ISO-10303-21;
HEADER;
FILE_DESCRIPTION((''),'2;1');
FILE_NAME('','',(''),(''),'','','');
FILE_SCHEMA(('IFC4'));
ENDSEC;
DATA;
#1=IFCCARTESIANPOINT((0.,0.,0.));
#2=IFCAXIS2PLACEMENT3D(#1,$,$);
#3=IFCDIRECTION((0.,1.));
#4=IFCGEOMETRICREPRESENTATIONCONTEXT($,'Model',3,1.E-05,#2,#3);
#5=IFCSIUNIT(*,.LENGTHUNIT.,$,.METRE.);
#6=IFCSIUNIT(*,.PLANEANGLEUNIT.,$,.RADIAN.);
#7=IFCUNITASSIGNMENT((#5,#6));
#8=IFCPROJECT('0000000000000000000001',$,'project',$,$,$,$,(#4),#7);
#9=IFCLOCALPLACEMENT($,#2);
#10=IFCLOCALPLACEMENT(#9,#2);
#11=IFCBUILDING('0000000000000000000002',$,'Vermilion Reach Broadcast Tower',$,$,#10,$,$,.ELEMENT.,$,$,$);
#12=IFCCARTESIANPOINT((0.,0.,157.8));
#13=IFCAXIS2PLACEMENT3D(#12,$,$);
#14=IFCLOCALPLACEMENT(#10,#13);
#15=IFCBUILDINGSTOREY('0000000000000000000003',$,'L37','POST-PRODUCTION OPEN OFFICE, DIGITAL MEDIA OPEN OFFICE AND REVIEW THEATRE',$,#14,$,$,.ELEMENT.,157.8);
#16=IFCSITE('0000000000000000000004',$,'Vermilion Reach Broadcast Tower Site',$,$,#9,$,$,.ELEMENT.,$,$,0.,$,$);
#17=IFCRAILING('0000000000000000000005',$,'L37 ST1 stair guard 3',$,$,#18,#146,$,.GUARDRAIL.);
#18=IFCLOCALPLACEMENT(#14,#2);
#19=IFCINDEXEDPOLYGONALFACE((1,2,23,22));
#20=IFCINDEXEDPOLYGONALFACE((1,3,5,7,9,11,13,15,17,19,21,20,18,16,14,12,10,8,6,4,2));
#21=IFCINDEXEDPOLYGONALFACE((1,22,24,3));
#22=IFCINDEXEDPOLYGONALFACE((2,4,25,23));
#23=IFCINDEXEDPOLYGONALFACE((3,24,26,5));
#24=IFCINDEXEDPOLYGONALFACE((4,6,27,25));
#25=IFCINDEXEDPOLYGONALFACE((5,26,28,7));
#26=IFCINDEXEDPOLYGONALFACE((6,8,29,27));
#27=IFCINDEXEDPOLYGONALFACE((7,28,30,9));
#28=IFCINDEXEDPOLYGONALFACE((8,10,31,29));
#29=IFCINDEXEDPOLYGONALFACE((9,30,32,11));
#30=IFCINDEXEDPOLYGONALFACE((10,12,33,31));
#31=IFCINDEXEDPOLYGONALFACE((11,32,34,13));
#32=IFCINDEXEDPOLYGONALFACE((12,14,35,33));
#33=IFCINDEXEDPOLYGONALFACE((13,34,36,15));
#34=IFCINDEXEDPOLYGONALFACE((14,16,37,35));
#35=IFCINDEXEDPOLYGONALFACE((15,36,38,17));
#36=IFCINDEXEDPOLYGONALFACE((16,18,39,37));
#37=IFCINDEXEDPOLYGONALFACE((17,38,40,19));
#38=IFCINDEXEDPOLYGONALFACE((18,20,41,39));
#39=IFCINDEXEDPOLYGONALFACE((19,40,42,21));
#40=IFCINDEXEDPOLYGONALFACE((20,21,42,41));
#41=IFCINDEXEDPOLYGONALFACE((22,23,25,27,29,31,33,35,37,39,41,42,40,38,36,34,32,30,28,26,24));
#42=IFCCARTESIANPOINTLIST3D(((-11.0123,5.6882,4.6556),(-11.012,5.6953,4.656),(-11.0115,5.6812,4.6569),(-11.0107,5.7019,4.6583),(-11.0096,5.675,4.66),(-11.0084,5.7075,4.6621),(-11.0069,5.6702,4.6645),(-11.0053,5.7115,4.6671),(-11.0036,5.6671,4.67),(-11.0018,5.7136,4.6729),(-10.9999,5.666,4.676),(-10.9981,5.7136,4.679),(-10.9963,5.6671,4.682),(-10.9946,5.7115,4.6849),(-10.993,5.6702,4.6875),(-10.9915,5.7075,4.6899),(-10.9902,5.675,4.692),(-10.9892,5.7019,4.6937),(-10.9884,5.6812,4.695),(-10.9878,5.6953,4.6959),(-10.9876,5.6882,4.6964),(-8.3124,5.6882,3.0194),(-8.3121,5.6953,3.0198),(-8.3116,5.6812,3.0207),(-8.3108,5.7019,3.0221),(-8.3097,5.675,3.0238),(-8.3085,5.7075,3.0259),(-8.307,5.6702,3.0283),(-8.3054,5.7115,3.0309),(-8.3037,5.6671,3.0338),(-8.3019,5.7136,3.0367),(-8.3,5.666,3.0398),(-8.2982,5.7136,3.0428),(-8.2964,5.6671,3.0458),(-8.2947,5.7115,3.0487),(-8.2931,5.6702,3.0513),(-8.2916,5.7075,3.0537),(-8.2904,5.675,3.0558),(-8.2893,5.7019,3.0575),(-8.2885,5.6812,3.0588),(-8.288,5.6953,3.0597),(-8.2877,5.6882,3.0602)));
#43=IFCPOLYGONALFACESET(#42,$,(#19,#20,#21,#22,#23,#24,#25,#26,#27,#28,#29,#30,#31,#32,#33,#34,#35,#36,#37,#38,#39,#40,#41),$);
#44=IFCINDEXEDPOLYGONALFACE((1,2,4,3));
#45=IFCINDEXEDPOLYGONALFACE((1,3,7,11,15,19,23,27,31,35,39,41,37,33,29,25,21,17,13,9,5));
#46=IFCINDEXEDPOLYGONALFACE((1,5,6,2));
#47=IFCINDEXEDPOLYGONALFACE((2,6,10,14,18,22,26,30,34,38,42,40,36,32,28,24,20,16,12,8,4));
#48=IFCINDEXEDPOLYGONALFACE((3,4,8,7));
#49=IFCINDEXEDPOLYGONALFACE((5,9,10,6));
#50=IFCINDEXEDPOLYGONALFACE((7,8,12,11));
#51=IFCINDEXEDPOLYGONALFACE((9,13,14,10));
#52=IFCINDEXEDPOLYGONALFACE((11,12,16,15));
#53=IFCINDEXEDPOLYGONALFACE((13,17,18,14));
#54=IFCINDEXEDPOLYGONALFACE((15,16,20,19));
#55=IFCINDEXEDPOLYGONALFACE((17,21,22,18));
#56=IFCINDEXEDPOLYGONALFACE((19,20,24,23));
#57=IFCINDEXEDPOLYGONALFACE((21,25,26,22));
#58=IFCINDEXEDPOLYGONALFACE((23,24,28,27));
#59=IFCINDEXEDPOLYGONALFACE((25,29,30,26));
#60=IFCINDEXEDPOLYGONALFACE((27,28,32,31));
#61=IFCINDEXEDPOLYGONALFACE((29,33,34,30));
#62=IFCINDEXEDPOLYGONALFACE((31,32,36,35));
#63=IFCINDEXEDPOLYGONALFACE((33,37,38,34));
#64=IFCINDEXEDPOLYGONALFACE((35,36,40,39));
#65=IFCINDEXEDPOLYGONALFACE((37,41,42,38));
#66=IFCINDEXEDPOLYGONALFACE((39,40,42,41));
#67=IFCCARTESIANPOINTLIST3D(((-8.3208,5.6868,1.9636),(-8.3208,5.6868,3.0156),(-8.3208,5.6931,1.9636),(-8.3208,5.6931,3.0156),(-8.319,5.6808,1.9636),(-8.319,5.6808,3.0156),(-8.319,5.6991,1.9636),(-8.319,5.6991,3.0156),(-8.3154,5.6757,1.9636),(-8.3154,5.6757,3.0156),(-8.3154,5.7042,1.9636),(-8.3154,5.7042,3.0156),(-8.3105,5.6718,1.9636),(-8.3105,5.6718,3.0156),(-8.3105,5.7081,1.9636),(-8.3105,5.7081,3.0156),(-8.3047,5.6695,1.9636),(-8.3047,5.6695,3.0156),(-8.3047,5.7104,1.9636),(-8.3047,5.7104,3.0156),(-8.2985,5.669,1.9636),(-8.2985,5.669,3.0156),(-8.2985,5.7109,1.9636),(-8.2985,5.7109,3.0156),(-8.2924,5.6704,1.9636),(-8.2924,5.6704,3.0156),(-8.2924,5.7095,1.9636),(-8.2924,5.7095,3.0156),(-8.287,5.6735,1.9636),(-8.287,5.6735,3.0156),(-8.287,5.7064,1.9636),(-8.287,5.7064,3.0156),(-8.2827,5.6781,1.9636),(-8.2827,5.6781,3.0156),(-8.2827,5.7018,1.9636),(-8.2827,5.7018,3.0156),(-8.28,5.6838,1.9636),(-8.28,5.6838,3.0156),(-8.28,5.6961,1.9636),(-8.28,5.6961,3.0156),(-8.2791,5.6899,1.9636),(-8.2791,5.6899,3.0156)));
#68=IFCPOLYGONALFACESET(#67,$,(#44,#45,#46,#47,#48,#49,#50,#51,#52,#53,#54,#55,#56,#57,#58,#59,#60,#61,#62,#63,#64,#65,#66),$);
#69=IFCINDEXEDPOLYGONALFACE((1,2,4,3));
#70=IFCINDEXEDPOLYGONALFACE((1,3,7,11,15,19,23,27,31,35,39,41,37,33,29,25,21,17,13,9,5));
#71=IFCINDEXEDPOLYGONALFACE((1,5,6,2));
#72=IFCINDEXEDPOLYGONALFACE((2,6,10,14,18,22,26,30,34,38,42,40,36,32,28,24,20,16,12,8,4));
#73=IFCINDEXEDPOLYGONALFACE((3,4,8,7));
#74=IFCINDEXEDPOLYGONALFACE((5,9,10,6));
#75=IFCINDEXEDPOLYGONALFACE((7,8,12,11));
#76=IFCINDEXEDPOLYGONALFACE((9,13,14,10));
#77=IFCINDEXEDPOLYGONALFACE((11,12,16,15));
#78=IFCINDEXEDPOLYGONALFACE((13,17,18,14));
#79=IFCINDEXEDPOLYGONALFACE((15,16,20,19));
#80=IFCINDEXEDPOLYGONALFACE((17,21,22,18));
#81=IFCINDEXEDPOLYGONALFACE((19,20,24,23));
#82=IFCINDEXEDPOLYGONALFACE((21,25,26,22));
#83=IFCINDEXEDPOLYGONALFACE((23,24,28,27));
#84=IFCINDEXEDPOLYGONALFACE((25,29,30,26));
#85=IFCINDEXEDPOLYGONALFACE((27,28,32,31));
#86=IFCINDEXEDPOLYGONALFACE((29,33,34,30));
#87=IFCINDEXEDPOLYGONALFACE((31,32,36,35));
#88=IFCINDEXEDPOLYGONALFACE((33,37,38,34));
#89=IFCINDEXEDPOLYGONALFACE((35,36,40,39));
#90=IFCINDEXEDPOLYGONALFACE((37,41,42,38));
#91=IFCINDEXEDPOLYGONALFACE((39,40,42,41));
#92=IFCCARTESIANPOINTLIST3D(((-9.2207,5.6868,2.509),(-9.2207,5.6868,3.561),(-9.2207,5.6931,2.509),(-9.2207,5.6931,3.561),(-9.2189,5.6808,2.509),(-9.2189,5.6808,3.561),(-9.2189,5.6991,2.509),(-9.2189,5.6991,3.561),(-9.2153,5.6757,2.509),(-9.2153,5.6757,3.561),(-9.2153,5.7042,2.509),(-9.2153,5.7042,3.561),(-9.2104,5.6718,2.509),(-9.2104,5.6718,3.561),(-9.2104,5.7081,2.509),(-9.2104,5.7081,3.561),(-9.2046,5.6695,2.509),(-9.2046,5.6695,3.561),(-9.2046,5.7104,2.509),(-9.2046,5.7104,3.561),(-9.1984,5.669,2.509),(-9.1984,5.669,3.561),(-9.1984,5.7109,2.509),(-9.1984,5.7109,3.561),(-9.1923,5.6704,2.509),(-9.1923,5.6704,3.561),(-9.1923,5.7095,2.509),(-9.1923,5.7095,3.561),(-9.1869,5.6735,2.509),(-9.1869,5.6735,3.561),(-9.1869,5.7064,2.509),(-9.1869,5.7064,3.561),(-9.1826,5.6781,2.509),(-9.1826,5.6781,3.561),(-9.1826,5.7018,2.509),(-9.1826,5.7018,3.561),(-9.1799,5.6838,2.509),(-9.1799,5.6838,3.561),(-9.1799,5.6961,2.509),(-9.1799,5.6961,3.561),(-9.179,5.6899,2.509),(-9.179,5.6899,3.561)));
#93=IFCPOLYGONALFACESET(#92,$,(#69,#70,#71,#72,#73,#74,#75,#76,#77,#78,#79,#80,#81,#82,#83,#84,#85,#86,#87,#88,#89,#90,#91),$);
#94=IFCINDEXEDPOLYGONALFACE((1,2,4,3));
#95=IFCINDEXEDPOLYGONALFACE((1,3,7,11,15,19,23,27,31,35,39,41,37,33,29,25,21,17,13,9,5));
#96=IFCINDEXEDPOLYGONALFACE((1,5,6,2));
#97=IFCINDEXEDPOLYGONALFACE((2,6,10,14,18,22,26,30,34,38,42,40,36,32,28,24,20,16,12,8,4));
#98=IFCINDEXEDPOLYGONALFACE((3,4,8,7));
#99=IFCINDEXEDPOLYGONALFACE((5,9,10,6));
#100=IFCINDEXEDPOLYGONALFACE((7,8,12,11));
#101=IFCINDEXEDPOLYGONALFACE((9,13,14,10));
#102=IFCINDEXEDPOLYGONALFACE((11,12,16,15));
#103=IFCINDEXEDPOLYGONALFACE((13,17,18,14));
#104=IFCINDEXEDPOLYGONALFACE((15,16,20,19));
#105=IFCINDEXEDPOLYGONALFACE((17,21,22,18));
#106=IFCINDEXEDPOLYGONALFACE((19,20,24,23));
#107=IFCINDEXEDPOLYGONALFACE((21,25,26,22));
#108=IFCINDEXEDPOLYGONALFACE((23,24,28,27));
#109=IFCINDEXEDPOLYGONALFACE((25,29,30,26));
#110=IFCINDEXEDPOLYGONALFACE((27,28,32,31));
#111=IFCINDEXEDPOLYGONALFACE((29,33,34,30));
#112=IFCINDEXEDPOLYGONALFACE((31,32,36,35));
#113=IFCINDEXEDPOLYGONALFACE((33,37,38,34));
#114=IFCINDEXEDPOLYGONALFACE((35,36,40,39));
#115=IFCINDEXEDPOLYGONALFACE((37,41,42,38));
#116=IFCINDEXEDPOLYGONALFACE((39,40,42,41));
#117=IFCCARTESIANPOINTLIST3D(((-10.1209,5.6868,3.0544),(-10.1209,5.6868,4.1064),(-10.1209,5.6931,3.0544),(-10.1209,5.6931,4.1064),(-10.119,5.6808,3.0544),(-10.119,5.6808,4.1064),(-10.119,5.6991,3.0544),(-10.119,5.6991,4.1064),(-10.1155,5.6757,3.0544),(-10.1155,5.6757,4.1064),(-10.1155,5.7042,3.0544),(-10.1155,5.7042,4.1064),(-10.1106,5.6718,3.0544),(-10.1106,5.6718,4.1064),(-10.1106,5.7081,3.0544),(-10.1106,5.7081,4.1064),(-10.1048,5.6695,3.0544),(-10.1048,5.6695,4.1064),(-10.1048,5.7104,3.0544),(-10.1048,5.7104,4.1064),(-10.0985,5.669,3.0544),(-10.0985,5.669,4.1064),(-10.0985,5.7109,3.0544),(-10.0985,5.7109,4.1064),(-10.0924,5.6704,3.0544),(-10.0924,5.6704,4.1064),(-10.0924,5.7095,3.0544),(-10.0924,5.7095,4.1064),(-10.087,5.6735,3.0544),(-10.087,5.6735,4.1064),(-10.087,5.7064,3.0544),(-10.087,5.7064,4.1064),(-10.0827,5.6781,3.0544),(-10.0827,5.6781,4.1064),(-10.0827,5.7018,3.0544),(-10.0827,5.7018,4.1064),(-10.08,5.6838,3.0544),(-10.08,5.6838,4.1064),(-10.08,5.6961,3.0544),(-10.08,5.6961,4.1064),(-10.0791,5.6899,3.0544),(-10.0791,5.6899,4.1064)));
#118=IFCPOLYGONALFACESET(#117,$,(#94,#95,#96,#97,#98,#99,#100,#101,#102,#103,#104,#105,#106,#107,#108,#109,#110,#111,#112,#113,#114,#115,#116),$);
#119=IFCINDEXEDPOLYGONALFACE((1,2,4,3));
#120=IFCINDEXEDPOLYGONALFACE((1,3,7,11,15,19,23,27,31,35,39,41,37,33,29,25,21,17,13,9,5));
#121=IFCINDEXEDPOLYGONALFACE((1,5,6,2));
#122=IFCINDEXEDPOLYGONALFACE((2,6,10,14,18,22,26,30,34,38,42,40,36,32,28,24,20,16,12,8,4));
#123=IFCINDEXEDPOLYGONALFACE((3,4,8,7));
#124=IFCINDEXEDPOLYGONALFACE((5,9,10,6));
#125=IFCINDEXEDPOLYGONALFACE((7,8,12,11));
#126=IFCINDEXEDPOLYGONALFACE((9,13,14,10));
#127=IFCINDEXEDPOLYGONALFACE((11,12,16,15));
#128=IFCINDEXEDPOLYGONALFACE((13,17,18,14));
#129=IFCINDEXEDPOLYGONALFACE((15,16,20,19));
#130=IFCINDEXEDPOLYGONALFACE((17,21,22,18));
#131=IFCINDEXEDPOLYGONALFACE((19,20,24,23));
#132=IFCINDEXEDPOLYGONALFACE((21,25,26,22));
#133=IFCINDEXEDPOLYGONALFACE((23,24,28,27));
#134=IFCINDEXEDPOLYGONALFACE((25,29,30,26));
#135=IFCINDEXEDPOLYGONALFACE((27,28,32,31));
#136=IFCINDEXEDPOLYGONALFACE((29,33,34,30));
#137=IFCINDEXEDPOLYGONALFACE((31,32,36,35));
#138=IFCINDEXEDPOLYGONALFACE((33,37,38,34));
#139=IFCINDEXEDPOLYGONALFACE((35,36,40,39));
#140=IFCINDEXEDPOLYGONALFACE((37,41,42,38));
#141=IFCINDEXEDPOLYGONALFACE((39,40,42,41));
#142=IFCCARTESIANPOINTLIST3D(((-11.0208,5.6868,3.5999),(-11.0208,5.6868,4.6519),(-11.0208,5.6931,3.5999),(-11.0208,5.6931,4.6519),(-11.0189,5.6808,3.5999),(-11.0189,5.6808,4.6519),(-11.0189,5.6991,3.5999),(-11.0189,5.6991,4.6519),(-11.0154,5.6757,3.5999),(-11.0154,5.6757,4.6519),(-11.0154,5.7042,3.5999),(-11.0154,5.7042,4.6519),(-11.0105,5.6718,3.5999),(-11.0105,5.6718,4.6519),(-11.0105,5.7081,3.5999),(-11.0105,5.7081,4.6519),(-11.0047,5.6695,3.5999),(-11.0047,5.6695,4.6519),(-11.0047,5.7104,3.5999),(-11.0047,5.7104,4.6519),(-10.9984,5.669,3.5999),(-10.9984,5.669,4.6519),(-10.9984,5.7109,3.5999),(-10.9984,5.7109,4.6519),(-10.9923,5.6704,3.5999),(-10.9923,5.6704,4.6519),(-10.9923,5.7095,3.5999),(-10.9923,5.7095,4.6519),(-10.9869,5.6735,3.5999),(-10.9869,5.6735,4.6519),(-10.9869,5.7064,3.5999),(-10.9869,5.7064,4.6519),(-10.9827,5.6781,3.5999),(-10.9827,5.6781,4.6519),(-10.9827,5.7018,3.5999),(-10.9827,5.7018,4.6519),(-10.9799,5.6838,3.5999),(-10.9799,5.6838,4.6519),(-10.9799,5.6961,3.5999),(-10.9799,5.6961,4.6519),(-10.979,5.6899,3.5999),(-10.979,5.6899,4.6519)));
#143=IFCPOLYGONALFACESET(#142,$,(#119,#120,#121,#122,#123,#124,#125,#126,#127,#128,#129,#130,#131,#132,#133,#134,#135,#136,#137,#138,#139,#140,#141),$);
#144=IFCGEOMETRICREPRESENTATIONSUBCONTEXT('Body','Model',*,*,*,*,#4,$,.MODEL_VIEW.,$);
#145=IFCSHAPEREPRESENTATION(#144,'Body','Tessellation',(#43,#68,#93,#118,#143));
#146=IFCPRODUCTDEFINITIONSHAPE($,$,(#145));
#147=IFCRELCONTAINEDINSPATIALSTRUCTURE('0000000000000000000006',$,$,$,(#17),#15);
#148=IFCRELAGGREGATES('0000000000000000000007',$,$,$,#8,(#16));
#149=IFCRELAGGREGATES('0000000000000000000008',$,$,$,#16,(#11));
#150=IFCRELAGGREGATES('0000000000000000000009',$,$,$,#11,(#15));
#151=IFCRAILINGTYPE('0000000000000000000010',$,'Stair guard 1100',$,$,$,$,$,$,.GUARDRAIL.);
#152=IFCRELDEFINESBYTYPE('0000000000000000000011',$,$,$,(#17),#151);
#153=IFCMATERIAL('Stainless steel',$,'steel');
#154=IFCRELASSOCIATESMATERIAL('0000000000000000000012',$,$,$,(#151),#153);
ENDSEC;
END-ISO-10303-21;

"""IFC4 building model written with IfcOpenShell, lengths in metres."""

from ifc_helpers import new_model, si_unit, direction, frame, origin, origin_2d, place, context, subcontext, project, spatial, circle, extrude, material, type_object, element, save


model = new_model("IFC4")

# Units and contexts
model_context = context("Model", 3, precision=1e-05, world=origin(), true_north=direction((0.0, 1.0)))
body_context = subcontext(model_context, "Body", "Model", "MODEL_VIEW")
ifc_project = project(units=[si_unit("LENGTHUNIT", "METRE"), si_unit("PLANEANGLEUNIT", "RADIAN")], contexts=[model_context])

# Site, building, storey
site_placement = place(None, origin())
site = spatial("IfcSite", under=ifc_project, at=site_placement, Name="Vermilion Reach Broadcast Tower Site", CompositionType="ELEMENT", RefElevation=0.0)
building_placement = place(site_placement, origin())
building = spatial("IfcBuilding", under=site, at=building_placement, Name="Vermilion Reach Broadcast Tower", CompositionType="ELEMENT")
storey_placement = place(building_placement, frame((0.0, 0.0, 157.8)))
storey = spatial("IfcBuildingStorey", under=building, at=storey_placement, Name="L37", Description="POST-PRODUCTION OPEN OFFICE, DIGITAL MEDIA OPEN OFFICE AND REVIEW THEATRE", CompositionType="ELEMENT", Elevation=157.8)

# Railing
ifc_material_1 = material(Name="Stainless steel", Category="steel")
railing_type_1 = type_object("IfcRailingType", Name="Stair guard 1100", PredefinedType="GUARDRAIL", material=ifc_material_1)
railing_1_placement = place(storey_placement, frame((-8.3, 5.6899, 1.9636)))
element("IfcRailing", 1, at=railing_1_placement, inside=storey, type_object=railing_type_1, Name="L37 ST1 stair guard 3", PredefinedType="GUARDRAIL", context=body_context, shape_type="SweptSolid", body=[
    extrude(circle(Radius=0.0239, at=origin_2d()), frame((0.0, 0.0, 1.0762), z_axis=(-0.855212, 0.0, 0.518278), x_axis=(0.0, -1.0, 0.0)), (0.0, 0.0, 1.0), 3.157),
    extrude(circle(Radius=0.021, at=origin_2d()), origin(), (0.0, 0.0, 1.0), 1.052),
    extrude(circle(Radius=0.021, at=origin_2d()), frame((-0.8999, 0.0, 0.5454)), (0.0, 0.0, 1.0), 1.052),
    extrude(circle(Radius=0.021, at=origin_2d()), frame((-1.8, 0.0, 1.0908)), (0.0, 0.0, 1.0), 1.052),
    extrude(circle(Radius=0.021, at=origin_2d()), frame((-2.7, 0.0, 1.6362)), (0.0, 0.0, 1.0), 1.052),
])

save(model, "model.ifc")
